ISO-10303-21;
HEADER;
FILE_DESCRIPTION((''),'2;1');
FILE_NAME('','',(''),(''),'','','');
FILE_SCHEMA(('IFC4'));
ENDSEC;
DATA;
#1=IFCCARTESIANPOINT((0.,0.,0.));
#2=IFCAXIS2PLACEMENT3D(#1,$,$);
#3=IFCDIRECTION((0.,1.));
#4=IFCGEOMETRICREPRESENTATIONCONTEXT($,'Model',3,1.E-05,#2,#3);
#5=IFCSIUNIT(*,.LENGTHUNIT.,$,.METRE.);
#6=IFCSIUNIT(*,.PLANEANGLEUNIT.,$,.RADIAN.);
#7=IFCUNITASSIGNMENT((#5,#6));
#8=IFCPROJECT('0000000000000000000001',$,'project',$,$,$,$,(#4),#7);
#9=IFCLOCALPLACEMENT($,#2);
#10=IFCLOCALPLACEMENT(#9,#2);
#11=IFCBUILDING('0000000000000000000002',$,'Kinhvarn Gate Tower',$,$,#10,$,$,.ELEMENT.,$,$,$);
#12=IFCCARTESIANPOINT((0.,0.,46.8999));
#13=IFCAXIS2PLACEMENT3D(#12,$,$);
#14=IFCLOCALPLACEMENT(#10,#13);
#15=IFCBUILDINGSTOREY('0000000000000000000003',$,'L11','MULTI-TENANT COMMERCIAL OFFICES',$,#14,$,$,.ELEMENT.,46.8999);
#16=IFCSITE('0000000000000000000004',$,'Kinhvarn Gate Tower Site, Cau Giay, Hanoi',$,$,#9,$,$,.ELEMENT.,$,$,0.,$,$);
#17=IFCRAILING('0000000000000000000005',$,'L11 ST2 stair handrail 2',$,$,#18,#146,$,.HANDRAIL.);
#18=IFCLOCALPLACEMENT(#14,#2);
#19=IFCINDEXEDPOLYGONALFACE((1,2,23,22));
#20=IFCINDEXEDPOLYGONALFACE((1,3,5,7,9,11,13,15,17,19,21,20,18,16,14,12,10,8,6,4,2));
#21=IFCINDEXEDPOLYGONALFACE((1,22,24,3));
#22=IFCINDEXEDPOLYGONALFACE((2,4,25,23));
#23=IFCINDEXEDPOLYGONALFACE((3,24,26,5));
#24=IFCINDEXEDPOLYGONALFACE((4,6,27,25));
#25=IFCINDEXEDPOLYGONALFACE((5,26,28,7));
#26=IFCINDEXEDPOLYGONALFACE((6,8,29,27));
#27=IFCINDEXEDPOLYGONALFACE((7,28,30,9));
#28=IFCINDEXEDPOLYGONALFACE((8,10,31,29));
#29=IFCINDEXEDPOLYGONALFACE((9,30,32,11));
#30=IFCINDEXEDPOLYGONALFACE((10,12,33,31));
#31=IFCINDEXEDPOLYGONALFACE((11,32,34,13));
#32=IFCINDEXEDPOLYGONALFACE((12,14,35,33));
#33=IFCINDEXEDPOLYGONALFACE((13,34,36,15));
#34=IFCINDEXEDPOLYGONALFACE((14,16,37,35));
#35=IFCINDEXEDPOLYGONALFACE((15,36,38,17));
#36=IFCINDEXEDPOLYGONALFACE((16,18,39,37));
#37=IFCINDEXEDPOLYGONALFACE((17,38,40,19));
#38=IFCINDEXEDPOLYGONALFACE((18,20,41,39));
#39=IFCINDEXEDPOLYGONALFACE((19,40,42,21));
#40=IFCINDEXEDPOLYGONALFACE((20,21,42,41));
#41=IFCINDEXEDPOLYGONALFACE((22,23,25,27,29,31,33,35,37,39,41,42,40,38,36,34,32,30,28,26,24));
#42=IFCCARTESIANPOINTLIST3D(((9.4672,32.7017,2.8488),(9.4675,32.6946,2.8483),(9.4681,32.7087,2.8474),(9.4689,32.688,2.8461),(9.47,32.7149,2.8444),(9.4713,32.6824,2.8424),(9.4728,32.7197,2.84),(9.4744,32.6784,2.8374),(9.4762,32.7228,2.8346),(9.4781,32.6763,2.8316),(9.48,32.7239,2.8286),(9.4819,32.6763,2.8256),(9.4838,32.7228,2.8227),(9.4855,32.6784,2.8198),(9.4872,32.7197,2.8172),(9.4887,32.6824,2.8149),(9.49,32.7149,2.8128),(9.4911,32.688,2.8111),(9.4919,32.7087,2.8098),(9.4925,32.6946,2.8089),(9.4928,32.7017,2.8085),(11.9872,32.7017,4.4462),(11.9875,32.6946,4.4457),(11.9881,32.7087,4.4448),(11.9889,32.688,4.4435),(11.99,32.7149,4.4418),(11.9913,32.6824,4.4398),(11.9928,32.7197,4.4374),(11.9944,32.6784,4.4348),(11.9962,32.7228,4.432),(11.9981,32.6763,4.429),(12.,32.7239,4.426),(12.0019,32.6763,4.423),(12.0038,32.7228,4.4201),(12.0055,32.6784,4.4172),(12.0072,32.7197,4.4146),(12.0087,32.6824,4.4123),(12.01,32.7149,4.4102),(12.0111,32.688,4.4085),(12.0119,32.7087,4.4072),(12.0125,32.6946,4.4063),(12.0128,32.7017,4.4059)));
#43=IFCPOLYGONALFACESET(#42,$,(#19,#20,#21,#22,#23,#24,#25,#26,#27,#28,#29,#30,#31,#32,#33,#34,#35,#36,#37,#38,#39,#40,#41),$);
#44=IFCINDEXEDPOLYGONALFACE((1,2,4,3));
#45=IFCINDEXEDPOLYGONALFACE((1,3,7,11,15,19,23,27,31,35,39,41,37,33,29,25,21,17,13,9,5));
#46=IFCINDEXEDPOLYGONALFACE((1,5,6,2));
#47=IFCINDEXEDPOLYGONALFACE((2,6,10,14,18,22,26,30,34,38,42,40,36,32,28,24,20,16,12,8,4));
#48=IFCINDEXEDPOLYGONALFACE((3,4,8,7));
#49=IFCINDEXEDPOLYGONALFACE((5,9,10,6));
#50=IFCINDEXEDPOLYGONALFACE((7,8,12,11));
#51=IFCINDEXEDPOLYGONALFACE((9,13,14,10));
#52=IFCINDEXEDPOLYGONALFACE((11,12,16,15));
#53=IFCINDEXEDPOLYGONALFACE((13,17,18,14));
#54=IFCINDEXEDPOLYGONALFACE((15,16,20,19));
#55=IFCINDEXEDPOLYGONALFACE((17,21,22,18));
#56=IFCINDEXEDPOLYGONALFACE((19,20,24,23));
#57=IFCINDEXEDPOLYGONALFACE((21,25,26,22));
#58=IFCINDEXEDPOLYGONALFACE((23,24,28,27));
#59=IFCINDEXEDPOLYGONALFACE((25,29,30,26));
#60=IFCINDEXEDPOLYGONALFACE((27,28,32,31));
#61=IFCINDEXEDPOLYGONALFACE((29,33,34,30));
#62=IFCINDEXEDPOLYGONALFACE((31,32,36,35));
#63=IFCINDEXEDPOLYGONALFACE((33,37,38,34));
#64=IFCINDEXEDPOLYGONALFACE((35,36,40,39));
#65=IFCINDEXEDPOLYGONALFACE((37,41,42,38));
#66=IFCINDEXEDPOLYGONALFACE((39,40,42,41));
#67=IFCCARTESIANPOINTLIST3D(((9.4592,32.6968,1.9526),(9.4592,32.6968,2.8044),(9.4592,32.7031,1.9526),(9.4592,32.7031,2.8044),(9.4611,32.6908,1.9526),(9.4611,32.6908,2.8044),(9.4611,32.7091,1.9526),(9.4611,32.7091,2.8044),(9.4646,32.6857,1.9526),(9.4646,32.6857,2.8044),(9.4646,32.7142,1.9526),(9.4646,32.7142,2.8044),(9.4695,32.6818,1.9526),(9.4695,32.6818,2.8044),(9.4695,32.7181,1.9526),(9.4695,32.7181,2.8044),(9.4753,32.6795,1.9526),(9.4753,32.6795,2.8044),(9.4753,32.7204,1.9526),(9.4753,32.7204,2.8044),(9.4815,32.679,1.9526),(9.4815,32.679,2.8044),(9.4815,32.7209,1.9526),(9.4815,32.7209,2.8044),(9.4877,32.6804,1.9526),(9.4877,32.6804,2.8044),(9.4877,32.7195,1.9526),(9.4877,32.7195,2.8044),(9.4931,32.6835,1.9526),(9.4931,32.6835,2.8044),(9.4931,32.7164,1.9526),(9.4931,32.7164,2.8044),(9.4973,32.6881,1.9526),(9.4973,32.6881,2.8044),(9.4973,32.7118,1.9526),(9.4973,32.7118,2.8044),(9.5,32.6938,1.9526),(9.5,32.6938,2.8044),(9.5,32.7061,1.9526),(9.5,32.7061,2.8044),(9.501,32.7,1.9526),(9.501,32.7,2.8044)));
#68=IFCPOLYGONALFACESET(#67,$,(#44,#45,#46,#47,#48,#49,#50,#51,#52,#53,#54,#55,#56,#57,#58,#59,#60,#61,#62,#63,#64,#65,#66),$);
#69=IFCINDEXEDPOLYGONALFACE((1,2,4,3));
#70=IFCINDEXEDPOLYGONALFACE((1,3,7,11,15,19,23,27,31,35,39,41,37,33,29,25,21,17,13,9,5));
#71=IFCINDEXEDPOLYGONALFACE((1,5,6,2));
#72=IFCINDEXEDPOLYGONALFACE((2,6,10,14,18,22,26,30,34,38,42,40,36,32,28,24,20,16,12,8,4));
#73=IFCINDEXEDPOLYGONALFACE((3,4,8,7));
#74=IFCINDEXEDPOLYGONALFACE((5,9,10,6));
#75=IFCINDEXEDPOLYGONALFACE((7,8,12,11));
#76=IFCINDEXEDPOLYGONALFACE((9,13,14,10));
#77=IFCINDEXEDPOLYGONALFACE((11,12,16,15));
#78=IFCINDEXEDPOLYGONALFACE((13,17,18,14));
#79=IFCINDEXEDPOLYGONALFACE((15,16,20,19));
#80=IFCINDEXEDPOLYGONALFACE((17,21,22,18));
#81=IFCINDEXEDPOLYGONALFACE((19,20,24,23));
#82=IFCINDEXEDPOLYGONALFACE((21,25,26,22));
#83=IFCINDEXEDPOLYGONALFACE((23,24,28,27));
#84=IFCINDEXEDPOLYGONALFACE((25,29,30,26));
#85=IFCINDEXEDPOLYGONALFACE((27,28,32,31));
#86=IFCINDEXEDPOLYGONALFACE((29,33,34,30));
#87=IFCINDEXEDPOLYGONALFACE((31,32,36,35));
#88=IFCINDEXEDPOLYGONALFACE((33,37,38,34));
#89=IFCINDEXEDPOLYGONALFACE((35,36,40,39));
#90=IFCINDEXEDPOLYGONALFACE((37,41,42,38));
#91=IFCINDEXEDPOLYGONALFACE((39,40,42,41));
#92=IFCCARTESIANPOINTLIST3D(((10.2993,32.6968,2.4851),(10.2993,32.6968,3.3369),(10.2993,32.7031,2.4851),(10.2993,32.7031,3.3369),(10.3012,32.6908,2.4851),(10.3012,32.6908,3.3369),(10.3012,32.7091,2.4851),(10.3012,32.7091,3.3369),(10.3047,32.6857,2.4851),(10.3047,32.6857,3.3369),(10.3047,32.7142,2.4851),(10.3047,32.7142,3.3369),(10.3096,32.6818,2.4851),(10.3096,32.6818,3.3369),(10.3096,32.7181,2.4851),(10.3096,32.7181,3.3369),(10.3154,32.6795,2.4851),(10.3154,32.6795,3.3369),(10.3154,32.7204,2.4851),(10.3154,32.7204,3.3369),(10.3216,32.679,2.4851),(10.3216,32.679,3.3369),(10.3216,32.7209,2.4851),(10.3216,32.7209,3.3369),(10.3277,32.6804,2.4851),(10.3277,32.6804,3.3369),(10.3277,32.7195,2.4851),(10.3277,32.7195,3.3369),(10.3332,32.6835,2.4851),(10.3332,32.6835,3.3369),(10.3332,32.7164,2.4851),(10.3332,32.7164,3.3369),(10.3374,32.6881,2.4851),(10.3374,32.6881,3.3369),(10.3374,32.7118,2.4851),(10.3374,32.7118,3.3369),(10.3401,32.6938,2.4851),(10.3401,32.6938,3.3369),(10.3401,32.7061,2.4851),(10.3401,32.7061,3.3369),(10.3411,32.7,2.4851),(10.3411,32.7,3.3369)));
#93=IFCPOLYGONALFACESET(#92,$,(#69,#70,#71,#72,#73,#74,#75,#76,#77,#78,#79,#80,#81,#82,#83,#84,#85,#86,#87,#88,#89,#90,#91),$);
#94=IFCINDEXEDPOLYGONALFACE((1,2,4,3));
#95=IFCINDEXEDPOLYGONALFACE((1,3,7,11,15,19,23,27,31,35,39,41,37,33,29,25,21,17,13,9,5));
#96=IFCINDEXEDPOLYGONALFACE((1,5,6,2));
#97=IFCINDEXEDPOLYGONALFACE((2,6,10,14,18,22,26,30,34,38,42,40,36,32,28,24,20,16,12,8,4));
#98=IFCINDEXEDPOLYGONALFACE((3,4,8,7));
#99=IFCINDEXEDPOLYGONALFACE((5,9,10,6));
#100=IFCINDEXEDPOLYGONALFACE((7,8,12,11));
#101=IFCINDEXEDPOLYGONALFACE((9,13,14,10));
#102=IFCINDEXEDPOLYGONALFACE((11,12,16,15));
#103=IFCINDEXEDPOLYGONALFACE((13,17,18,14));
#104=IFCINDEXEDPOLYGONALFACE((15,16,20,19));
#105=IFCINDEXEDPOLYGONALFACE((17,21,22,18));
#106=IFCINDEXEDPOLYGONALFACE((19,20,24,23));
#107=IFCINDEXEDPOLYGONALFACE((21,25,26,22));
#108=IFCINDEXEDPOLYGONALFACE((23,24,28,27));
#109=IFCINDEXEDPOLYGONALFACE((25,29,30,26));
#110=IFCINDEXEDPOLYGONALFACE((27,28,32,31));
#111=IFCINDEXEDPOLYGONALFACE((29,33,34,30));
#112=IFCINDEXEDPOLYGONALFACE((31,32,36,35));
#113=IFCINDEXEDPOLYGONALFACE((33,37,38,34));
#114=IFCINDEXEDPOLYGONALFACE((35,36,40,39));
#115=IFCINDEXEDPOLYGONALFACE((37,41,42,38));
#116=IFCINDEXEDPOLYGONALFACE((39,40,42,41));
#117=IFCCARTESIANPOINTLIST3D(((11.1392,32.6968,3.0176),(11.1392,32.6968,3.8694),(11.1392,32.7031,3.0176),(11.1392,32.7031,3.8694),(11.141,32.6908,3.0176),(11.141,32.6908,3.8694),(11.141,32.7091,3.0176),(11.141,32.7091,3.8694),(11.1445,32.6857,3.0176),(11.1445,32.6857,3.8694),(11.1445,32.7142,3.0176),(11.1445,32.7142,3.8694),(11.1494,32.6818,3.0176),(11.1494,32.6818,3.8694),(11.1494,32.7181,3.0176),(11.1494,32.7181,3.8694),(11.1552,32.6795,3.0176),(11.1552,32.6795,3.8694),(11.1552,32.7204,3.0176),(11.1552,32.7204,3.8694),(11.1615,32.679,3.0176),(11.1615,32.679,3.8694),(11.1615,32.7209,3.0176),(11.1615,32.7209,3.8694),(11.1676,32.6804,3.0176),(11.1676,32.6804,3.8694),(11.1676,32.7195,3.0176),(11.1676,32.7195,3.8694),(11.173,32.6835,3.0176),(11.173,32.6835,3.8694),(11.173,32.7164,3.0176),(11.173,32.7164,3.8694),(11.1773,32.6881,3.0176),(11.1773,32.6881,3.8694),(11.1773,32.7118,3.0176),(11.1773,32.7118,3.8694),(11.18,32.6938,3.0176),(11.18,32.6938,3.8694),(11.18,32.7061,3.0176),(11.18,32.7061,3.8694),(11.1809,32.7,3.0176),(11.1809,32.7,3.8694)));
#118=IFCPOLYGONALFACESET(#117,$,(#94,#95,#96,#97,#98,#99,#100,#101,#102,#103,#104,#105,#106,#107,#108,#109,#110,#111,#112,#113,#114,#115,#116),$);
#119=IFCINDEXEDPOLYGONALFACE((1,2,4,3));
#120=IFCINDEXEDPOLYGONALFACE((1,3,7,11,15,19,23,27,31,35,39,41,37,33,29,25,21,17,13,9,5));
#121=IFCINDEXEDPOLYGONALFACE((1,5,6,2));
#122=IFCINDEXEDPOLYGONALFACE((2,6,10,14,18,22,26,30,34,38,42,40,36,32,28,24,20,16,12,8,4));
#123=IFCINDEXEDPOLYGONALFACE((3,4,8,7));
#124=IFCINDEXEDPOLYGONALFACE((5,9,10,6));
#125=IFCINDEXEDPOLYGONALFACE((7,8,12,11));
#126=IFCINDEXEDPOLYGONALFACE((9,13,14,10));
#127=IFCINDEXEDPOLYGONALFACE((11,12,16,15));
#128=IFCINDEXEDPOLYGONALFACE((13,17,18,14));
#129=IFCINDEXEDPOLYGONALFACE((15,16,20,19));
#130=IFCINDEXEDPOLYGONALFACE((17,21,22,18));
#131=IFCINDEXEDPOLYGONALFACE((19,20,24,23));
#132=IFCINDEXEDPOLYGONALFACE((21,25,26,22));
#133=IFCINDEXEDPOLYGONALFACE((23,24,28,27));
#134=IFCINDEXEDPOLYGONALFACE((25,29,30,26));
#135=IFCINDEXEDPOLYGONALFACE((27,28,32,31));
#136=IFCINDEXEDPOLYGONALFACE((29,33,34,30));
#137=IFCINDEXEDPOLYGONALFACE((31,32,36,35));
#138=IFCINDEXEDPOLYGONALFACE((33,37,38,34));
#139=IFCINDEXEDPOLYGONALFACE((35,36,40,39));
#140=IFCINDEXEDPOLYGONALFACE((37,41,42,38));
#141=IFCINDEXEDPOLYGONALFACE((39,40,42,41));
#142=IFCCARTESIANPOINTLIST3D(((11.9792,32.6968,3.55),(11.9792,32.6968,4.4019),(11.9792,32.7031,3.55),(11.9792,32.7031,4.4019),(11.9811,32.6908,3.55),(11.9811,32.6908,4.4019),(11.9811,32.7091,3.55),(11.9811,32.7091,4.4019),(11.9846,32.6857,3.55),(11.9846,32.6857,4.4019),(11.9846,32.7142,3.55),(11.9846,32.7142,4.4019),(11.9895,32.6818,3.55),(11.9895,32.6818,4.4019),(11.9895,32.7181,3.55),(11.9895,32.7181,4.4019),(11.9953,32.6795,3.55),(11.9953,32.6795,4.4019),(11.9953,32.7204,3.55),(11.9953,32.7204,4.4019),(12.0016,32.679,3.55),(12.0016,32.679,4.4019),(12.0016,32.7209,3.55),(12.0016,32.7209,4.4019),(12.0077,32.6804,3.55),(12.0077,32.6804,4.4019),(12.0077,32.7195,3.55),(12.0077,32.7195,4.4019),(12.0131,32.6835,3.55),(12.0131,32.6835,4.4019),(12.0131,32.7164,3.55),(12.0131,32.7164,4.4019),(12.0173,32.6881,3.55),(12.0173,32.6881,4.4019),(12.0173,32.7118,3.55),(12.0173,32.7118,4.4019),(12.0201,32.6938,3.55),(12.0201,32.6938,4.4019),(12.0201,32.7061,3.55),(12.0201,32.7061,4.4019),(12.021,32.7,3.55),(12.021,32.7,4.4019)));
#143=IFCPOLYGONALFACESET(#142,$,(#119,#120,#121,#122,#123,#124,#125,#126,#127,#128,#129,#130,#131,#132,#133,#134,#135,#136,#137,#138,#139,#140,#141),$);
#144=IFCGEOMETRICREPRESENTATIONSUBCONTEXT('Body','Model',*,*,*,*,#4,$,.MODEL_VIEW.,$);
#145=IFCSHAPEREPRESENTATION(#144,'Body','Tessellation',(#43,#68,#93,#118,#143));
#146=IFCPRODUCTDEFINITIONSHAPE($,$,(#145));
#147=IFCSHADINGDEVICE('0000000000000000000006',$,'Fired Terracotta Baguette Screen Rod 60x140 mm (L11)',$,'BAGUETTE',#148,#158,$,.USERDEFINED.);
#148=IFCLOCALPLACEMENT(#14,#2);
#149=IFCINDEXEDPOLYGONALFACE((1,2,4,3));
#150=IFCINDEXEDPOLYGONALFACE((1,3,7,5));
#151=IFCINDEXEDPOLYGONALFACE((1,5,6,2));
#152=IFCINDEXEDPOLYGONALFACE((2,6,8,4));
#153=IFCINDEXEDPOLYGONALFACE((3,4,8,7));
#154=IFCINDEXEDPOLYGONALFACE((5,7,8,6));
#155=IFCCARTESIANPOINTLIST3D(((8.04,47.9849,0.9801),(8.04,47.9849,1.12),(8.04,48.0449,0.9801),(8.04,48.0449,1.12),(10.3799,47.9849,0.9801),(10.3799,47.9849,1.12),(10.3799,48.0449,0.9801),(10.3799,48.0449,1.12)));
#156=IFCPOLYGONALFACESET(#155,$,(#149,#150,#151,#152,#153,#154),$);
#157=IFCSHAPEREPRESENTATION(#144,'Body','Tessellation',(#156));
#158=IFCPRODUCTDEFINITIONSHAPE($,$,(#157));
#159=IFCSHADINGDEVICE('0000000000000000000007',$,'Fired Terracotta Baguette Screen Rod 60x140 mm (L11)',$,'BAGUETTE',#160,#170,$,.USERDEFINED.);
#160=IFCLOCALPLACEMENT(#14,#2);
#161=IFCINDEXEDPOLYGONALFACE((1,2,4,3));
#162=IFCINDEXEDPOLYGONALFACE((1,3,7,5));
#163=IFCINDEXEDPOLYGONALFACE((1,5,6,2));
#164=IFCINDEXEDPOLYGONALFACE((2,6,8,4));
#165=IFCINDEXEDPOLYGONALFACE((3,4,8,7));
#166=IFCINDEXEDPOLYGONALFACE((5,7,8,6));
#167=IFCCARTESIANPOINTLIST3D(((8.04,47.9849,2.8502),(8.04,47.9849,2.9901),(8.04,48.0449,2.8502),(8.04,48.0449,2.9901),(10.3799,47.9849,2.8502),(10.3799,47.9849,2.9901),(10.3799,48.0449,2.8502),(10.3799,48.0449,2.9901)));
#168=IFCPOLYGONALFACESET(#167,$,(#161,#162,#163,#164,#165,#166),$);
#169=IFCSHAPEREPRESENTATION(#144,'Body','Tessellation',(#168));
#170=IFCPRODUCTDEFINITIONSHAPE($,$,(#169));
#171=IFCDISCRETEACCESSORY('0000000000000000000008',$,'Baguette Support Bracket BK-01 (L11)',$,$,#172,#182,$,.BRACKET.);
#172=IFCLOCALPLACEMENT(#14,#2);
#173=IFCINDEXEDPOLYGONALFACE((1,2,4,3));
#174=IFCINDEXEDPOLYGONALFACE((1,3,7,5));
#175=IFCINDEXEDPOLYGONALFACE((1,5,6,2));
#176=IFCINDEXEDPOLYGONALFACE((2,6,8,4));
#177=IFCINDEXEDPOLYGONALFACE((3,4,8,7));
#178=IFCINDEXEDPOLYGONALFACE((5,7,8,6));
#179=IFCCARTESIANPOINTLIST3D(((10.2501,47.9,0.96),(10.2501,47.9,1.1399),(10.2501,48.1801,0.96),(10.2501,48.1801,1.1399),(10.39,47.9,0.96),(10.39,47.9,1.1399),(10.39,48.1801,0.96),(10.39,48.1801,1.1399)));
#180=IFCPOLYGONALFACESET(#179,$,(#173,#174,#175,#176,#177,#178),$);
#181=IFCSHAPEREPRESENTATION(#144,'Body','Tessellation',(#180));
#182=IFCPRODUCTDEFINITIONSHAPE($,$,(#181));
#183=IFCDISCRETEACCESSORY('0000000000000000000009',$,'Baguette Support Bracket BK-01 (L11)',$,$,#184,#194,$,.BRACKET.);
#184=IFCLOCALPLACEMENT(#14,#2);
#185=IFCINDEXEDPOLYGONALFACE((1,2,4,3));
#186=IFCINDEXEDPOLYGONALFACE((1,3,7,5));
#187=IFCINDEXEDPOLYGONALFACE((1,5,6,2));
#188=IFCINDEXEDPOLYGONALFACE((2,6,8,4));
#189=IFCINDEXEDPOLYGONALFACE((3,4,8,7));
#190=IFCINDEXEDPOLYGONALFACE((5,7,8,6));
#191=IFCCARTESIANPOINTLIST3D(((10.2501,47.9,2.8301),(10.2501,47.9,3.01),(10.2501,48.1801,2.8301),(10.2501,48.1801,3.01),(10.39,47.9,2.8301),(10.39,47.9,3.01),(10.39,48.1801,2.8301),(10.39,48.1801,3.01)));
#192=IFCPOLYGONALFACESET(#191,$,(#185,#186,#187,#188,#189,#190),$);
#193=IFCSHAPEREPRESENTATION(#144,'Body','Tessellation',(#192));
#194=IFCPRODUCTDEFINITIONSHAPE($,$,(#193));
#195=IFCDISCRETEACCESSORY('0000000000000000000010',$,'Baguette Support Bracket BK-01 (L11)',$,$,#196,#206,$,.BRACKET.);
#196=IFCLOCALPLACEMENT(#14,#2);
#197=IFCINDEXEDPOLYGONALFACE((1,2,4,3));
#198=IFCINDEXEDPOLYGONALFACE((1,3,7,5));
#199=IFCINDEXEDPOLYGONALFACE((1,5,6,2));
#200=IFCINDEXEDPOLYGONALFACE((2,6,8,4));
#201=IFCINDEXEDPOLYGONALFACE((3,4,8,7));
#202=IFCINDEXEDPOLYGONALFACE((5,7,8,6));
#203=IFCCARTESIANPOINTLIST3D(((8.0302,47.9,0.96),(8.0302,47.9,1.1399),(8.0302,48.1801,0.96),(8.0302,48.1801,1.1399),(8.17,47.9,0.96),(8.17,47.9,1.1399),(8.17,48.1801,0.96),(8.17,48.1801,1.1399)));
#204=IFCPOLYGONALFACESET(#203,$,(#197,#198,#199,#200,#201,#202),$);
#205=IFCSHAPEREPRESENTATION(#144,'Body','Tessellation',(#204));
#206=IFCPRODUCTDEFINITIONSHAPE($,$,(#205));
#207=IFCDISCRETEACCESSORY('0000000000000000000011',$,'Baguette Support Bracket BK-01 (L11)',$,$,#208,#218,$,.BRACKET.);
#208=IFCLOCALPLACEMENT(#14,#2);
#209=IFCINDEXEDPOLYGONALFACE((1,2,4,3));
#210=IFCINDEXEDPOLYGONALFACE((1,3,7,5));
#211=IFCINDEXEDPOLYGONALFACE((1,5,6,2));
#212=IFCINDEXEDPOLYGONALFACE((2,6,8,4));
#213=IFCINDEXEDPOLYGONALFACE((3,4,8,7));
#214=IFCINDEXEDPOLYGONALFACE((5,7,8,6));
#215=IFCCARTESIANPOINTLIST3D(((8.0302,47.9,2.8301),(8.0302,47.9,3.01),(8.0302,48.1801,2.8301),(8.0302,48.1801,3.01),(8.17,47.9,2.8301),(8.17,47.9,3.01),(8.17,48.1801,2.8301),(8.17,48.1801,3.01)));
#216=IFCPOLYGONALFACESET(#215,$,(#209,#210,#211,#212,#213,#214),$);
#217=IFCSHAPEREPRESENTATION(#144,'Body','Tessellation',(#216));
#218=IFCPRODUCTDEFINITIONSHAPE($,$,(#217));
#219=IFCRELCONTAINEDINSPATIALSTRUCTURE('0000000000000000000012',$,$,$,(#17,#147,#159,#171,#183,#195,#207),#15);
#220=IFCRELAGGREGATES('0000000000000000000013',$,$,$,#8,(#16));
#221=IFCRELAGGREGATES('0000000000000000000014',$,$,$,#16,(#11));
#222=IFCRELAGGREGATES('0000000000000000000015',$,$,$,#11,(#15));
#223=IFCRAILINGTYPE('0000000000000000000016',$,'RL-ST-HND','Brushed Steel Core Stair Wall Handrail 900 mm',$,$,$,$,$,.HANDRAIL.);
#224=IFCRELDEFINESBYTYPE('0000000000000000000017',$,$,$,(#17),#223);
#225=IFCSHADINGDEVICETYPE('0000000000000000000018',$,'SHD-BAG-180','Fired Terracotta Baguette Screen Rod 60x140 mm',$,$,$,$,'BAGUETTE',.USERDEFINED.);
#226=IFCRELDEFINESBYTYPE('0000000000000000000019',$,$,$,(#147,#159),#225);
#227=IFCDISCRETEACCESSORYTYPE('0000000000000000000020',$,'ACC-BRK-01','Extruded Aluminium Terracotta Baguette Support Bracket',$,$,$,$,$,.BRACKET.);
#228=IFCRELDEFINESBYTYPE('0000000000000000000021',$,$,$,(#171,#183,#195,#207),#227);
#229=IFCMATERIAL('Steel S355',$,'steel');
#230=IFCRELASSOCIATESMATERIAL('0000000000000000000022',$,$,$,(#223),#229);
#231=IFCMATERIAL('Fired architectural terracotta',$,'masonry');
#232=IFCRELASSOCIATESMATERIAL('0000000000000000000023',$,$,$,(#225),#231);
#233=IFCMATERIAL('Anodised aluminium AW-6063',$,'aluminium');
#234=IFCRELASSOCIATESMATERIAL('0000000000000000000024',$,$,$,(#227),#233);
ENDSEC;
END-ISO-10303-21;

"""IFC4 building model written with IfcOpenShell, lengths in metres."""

from ifc_helpers import new_model, si_unit, direction, frame, origin, origin_2d, place, context, subcontext, project, spatial, rectangle, circle, extrude, material, material_profile, profile_set, type_object, element, save


model = new_model("IFC4")

# Units and contexts
model_context = context("Model", 3, precision=1e-05, world=origin(), true_north=direction((0.0, 1.0)))
body_context = subcontext(model_context, "Body", "Model", "MODEL_VIEW")
ifc_project = project(units=[si_unit("LENGTHUNIT", "METRE"), si_unit("PLANEANGLEUNIT", "RADIAN")], contexts=[model_context])

# Site, building, storey
site_placement = place(None, origin())
site = spatial("IfcSite", under=ifc_project, at=site_placement, Name="Kinhvarn Gate Tower Site, Cau Giay, Hanoi", CompositionType="ELEMENT", RefElevation=0.0)
building_placement = place(site_placement, origin())
building = spatial("IfcBuilding", under=site, at=building_placement, Name="Kinhvarn Gate Tower", CompositionType="ELEMENT")
storey_placement = place(building_placement, frame((0.0, 0.0, 46.8999)))
storey = spatial("IfcBuildingStorey", under=building, at=storey_placement, Name="L11", Description="MULTI-TENANT COMMERCIAL OFFICES", CompositionType="ELEMENT", Elevation=46.8999)

# Shared definitions
ifc_material_1 = material(Name="Anodised aluminium AW-6063", Category="aluminium")

# Shared definitions
ifc_material_2 = material(Name="Steel S355", Category="steel")

# Shared definitions
ifc_material_3 = material(Name="Fired architectural terracotta", Category="masonry")

# Railing
railing_type_1 = type_object("IfcRailingType", Name="RL-ST-HND", Description="Brushed Steel Core Stair Wall Handrail 900 mm", PredefinedType="HANDRAIL", material=ifc_material_2)
railing_1_placement = place(storey_placement, frame((9.48, 32.7, 1.9526)))
element("IfcRailing", 1, at=railing_1_placement, inside=storey, type_object=railing_type_1, Name="L11 ST2 stair handrail 2", PredefinedType="HANDRAIL", context=body_context, shape_type="SweptSolid", body=[
    extrude(circle(Radius=0.0239, at=origin_2d()), frame((0.0, 0.0, 0.876), z_axis=(0.844607, 0.0, 0.535387), x_axis=(0.0, 1.0, 0.0)), (0.0, 0.0, 1.0), 2.9836),
    extrude(circle(Radius=0.021, at=origin_2d()), origin(), (0.0, 0.0, 1.0), 0.8518),
    extrude(circle(Radius=0.021, at=origin_2d()), frame((0.8401, 0.0, 0.5325)), (0.0, 0.0, 1.0), 0.8518),
    extrude(circle(Radius=0.021, at=origin_2d()), frame((1.6799, 0.0, 1.0649)), (0.0, 0.0, 1.0), 0.8518),
    extrude(circle(Radius=0.021, at=origin_2d()), frame((2.52, 0.0, 1.5974)), (0.0, 0.0, 1.0), 0.8518),
])

# Shading devices
ifc_material_profile_1 = material_profile(ifc_material_3, rectangle(XDim=0.0601, YDim=0.1399, at=origin_2d()), Name="TC 60x140")
ifc_profile_set_1 = profile_set([ifc_material_profile_1], Name="Fired architectural terracotta")
shading_device_type = type_object("IfcShadingDeviceType", Name="SHD-BAG-180", Description="Fired Terracotta Baguette Screen Rod 60x140 mm", ElementType="BAGUETTE", PredefinedType="USERDEFINED", material=ifc_profile_set_1)
for number, where, z_axis, x_axis, name in (
    (2, (10.3799, 48.0149, 1.05), (-1.0, 0.0, 0.0), (0.0, -1.0, 0.0), "Fired Terracotta Baguette Screen Rod 60x140 mm (L11)"),
    (3, (10.3799, 48.0149, 2.9202), (-1.0, 0.0, 0.0), (0.0, -1.0, 0.0), "Fired Terracotta Baguette Screen Rod 60x140 mm (L11)"),
):
    element("IfcShadingDevice", number, at=place(storey_placement, frame(where, z_axis=z_axis, x_axis=x_axis)), inside=storey, type_object=shading_device_type, Name=name, ObjectType="BAGUETTE", PredefinedType="USERDEFINED", context=body_context, shape_type="SweptSolid", body=[
        extrude(rectangle(XDim=0.0601, YDim=0.1399, at=origin_2d()), origin(), (0.0, 0.0, 1.0), 2.3398),
    ])

# Discrete accessories
discrete_accessory_type = type_object("IfcDiscreteAccessoryType", Name="ACC-BRK-01", Description="Extruded Aluminium Terracotta Baguette Support Bracket", PredefinedType="BRACKET", material=ifc_material_1)
for number, where, z_axis, x_axis, name in (
    (4, (10.3201, 48.04, 0.96), (0.0, 0.0, 1.0), (-1.0, 0.0, 0.0), "Baguette Support Bracket BK-01 (L11)"),
    (5, (10.3201, 48.04, 2.8301), (0.0, 0.0, 1.0), (-1.0, 0.0, 0.0), "Baguette Support Bracket BK-01 (L11)"),
    (6, (8.1001, 48.04, 0.96), (0.0, 0.0, 1.0), (-1.0, 0.0, 0.0), "Baguette Support Bracket BK-01 (L11)"),
    (7, (8.1001, 48.04, 2.8301), (0.0, 0.0, 1.0), (-1.0, 0.0, 0.0), "Baguette Support Bracket BK-01 (L11)"),
):
    element("IfcDiscreteAccessory", number, at=place(storey_placement, frame(where, z_axis=z_axis, x_axis=x_axis)), inside=storey, type_object=discrete_accessory_type, Name=name, PredefinedType="BRACKET", context=body_context, shape_type="SweptSolid", body=[
        extrude(rectangle(XDim=0.1399, YDim=0.28, at=origin_2d()), origin(), (0.0, 0.0, 1.0), 0.1799),
    ])

save(model, "model.ifc")
